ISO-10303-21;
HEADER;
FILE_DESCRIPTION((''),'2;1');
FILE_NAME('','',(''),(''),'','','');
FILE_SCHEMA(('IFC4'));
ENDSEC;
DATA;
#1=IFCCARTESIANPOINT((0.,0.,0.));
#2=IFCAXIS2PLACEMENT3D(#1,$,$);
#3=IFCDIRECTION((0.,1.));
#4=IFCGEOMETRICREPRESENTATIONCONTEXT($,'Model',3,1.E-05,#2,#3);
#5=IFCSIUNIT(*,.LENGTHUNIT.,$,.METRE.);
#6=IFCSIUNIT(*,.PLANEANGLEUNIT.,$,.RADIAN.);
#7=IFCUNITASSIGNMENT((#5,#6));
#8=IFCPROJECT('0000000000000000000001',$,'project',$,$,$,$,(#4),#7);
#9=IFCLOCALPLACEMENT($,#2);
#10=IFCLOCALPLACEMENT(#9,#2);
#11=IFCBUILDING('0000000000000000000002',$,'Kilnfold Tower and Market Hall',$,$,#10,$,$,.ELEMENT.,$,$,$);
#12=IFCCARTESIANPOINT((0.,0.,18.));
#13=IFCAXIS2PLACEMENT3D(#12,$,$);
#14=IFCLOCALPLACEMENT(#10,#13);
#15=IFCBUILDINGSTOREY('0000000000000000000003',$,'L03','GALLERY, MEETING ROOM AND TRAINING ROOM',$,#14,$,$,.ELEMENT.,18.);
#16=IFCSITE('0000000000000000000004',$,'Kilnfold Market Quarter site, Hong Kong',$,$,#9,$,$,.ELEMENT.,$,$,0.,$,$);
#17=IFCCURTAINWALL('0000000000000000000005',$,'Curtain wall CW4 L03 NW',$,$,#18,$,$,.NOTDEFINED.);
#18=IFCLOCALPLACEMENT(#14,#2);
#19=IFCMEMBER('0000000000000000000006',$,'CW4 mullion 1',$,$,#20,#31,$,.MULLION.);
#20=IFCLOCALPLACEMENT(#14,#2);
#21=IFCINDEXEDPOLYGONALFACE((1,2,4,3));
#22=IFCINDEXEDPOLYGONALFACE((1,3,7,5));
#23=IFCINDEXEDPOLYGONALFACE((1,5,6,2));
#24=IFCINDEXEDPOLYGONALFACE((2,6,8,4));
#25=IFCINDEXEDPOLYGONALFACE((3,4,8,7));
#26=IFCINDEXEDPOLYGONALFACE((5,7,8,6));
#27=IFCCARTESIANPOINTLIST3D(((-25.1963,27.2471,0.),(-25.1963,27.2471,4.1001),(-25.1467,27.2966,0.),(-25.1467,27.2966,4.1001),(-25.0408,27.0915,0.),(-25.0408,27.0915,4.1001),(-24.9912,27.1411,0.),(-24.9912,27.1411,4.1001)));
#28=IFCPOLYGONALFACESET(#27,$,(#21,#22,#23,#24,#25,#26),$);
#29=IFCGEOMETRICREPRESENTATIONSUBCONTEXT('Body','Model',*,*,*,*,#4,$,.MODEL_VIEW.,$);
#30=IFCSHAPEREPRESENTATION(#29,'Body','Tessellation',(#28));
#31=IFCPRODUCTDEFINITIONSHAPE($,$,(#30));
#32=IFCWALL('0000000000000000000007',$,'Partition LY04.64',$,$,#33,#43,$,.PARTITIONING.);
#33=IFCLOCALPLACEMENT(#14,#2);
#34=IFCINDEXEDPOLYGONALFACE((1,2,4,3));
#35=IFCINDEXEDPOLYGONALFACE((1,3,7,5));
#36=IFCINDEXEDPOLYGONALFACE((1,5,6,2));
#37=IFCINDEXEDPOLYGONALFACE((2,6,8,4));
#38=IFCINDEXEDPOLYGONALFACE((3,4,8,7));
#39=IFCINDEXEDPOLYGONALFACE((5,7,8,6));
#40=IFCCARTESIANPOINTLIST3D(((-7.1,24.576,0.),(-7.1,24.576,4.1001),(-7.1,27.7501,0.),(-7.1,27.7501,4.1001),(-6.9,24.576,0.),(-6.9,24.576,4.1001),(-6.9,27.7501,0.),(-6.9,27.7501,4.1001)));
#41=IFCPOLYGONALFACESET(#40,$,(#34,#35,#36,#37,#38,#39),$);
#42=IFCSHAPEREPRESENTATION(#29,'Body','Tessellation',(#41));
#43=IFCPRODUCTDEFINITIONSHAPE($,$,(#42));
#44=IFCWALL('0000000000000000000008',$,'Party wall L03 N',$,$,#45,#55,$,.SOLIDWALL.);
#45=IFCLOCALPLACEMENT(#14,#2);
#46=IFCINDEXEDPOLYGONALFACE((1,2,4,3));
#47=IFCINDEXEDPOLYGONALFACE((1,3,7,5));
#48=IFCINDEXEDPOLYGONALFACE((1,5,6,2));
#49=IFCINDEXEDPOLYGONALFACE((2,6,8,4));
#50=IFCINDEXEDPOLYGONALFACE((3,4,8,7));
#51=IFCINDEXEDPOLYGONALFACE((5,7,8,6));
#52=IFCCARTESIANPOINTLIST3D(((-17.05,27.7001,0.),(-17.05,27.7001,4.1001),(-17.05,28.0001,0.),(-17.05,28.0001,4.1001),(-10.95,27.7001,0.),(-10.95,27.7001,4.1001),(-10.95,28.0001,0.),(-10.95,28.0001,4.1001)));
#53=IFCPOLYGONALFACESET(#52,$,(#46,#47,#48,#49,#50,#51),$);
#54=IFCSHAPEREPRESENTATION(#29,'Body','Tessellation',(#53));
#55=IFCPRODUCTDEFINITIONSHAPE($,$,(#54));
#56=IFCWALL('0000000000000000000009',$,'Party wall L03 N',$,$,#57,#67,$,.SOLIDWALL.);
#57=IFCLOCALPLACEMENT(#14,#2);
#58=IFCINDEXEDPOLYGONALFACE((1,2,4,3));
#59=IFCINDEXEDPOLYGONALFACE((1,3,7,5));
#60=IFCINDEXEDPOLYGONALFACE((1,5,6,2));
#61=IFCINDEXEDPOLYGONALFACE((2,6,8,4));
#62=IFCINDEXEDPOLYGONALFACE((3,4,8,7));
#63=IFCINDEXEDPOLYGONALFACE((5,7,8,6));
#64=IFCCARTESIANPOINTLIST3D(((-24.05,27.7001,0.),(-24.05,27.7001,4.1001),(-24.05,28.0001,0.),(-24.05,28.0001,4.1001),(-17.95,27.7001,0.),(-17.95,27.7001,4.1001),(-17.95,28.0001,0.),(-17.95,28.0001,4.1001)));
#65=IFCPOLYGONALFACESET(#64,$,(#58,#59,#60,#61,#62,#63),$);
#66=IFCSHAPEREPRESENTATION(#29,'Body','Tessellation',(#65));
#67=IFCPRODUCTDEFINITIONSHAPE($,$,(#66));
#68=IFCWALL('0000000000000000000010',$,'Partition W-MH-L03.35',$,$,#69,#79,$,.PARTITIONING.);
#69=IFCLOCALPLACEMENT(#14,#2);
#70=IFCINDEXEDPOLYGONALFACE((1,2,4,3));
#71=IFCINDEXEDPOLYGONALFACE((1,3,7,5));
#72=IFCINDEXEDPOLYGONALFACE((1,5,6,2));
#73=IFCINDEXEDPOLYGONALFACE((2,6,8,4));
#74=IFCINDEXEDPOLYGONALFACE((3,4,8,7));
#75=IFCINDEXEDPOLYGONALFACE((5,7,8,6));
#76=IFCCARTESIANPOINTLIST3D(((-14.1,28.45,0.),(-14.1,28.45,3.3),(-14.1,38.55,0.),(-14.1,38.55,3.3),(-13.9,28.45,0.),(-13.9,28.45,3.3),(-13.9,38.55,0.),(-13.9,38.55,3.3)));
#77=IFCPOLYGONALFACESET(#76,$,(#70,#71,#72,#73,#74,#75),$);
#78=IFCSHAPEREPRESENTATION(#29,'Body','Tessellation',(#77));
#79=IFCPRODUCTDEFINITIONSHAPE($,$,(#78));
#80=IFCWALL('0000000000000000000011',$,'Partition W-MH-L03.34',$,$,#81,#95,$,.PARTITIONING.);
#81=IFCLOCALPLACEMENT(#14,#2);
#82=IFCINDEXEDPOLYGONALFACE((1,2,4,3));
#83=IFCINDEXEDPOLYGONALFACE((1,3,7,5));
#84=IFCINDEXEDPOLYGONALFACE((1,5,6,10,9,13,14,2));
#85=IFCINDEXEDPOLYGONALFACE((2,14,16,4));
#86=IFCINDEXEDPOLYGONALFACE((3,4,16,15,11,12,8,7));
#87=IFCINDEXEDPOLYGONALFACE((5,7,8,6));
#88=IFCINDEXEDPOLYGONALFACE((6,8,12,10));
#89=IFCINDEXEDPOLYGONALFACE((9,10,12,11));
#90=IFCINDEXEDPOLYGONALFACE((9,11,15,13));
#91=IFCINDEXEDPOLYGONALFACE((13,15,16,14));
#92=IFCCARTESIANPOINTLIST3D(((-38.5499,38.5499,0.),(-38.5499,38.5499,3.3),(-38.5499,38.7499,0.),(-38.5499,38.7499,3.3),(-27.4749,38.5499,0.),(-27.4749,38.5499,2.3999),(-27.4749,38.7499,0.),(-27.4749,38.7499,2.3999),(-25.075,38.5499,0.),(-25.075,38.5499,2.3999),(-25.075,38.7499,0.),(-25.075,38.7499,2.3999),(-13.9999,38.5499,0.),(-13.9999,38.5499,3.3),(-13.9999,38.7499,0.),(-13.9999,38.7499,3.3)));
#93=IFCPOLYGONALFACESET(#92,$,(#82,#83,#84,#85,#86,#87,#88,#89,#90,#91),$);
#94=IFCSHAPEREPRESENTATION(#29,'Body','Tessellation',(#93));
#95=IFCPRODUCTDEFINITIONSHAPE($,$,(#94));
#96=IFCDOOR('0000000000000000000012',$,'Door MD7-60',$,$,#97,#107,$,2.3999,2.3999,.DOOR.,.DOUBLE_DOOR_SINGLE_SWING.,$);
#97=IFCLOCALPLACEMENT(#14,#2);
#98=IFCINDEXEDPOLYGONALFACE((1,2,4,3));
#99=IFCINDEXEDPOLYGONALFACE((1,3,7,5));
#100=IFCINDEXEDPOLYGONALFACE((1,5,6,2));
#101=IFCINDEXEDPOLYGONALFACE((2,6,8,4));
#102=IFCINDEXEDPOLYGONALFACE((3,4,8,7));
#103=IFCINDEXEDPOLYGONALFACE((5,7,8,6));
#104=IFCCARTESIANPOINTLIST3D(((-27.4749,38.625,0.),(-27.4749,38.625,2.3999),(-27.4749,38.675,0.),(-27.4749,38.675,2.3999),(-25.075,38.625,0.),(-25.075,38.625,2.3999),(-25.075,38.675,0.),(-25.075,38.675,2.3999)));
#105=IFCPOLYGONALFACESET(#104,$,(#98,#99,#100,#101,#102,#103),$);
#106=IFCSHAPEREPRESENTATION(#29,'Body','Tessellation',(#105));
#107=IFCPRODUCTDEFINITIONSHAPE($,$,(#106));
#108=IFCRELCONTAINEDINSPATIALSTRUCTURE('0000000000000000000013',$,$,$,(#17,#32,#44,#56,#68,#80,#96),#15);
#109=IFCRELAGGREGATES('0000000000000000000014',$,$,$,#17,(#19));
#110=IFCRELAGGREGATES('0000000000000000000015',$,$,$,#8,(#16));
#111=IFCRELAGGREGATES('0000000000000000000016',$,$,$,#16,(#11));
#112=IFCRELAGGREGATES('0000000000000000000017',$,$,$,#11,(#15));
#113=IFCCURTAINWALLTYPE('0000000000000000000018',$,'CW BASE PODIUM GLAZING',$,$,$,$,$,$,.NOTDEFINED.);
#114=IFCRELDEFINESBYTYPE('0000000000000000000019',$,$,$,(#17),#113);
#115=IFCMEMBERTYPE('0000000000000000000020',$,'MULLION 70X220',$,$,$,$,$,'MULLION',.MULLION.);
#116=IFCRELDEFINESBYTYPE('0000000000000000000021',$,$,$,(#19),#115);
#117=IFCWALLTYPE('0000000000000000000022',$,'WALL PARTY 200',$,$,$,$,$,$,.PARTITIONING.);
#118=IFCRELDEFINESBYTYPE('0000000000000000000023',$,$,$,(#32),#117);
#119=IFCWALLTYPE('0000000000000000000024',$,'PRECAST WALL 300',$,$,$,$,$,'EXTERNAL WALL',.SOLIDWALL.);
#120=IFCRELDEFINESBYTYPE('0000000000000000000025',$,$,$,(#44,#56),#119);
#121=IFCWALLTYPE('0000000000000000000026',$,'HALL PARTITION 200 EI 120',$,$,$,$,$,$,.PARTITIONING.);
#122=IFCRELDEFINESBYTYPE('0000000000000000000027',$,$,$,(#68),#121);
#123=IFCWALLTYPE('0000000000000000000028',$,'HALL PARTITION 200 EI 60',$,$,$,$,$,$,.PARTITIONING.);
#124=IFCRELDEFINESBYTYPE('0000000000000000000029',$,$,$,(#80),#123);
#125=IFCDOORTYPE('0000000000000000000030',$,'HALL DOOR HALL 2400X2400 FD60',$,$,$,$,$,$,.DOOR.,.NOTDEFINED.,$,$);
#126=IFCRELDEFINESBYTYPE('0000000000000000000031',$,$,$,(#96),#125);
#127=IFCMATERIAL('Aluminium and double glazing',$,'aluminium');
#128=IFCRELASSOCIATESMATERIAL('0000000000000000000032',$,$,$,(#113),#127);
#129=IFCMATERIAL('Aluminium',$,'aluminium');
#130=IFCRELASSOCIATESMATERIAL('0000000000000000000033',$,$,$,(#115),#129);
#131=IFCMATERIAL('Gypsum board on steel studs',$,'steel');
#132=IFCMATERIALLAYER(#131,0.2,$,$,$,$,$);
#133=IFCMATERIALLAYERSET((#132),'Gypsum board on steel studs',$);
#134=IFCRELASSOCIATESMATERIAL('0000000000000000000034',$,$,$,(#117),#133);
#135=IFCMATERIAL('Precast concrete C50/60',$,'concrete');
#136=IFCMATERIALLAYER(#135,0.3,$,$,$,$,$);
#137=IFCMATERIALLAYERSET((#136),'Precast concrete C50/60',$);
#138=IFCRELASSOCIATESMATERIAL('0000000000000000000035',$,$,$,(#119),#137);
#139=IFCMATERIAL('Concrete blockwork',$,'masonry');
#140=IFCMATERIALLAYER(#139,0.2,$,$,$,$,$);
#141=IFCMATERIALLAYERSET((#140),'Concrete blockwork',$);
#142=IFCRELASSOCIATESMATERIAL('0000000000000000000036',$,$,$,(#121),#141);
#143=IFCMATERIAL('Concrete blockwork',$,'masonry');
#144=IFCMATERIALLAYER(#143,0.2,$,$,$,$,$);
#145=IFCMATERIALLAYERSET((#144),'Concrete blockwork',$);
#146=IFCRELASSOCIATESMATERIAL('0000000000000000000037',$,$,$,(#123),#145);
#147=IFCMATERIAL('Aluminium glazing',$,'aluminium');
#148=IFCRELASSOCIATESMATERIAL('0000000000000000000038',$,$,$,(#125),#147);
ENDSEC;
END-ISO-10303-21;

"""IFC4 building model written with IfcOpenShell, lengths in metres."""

from ifc_helpers import new_model, si_unit, direction, frame, frame_2d, origin, origin_2d, place, context, subcontext, project, spatial, rectangle, extrude, source, transform, mapped, material, layer, layer_set, material_profile, profile_set, type_object, element, fill, aggregate, save


model = new_model("IFC4")

# Units and contexts
model_context = context("Model", 3, precision=1e-05, world=origin(), true_north=direction((0.0, 1.0)))
body_context = subcontext(model_context, "Body", "Model", "MODEL_VIEW")
ifc_project = project(units=[si_unit("LENGTHUNIT", "METRE"), si_unit("PLANEANGLEUNIT", "RADIAN")], contexts=[model_context])

# Site, building, storey
site_placement = place(None, origin())
site = spatial("IfcSite", under=ifc_project, at=site_placement, Name="Kilnfold Market Quarter site, Hong Kong", CompositionType="ELEMENT", RefElevation=0.0)
building_placement = place(site_placement, origin())
building = spatial("IfcBuilding", under=site, at=building_placement, Name="Kilnfold Tower and Market Hall", CompositionType="ELEMENT")
storey_placement = place(building_placement, frame((0.0, 0.0, 18.0)))
storey = spatial("IfcBuildingStorey", under=building, at=storey_placement, Name="L03", Description="GALLERY, MEETING ROOM AND TRAINING ROOM", CompositionType="ELEMENT", Elevation=18.0)

# Curtain wall, member
ifc_material_1 = material(Name="Aluminium and double glazing", Category="aluminium")
curtain_wall_type = type_object("IfcCurtainWallType", Name="CW BASE PODIUM GLAZING", PredefinedType="NOTDEFINED", material=ifc_material_1)
curtain_wall_placement = place(storey_placement, origin())
curtain_wall = element("IfcCurtainWall", 1, at=curtain_wall_placement, inside=storey, type_object=curtain_wall_type, Name="Curtain wall CW4 L03 NW", PredefinedType="NOTDEFINED")
ifc_material_2 = material(Name="Aluminium", Category="aluminium")
ifc_material_profile_1 = material_profile(ifc_material_2, rectangle(XDim=0.0701, YDim=0.22, at=origin_2d()), Name="MULLION 70x220")
ifc_profile_set_1 = profile_set([ifc_material_profile_1], Name="Aluminium")
member_type = type_object("IfcMemberType", Name="MULLION 70X220", ElementType="MULLION", PredefinedType="MULLION", material=ifc_profile_set_1)
shared_shape_1 = source(origin(), body_context, "Body", "SweptSolid", [
    extrude(rectangle(XDim=0.0701, YDim=0.22, at=origin_2d()), origin(), (0.0, 0.0, 1.0), 4.1001),
])
member_placement = place(storey_placement, frame((-25.0938, 27.1941, 0.0), z_axis=(0.0, 0.0, 1.0), x_axis=(-0.707122, -0.707092, 0.0)))
member = element("IfcMember", 2, at=member_placement, type_object=member_type, Name="CW4 mullion 1", PredefinedType="MULLION", context=body_context, shape_type="MappedRepresentation", body=[
    mapped(shared_shape_1, transform((0.0, 0.0, 0.0))),
])
aggregate(curtain_wall, [member])

# Walls
ifc_material_3 = material(Name="Gypsum board on steel studs", Category="steel")
ifc_layer_1 = layer(ifc_material_3, 0.2)
ifc_layer_set_1 = layer_set([ifc_layer_1], Name="Gypsum board on steel studs")
wall_type_1 = type_object("IfcWallType", Name="WALL PARTY 200", PredefinedType="PARTITIONING", material=ifc_layer_set_1)
wall_1_placement = place(storey_placement, frame((-7.0, 27.75, 0.0), z_axis=(0.0, 0.0, 1.0), x_axis=(0.0, -1.0, 0.0)))
element("IfcWall", 3, at=wall_1_placement, inside=storey, type_object=wall_type_1, Name="Partition LY04.64", PredefinedType="PARTITIONING", context=body_context, shape_type="SweptSolid", body=[
    extrude(rectangle(XDim=3.1741, YDim=0.2, at=frame_2d((1.5869, 0.0))), origin(), (0.0, 0.0, 1.0), 4.1001),
])
ifc_material_4 = material(Name="Precast concrete C50/60", Category="concrete")
ifc_layer_2 = layer(ifc_material_4, 0.3)
ifc_layer_set_2 = layer_set([ifc_layer_2], Name="Precast concrete C50/60")
wall_type_2 = type_object("IfcWallType", Name="PRECAST WALL 300", ElementType="EXTERNAL WALL", PredefinedType="SOLIDWALL", material=ifc_layer_set_2)
shared_shape_2 = source(origin(), body_context, "Body", "SweptSolid", [
    extrude(rectangle(XDim=6.1001, YDim=0.3, at=frame_2d((3.05, 0.0))), origin(), (0.0, 0.0, 1.0), 4.1001),
])
for number, where, z_axis, x_axis, name in (
    (4, (-10.95, 27.8501, 0.0), (0.0, 0.0, 1.0), (-1.0, 0.0, 0.0), "Party wall L03 N"),
    (5, (-17.95, 27.8501, 0.0), (0.0, 0.0, 1.0), (-1.0, 0.0, 0.0), "Party wall L03 N"),
):
    element("IfcWall", number, at=place(storey_placement, frame(where, z_axis=z_axis, x_axis=x_axis)), inside=storey, type_object=wall_type_2, Name=name, PredefinedType="SOLIDWALL", context=body_context, shape_type="MappedRepresentation", body=[
        mapped(shared_shape_2, transform((0.0, 0.0, 0.0))),
    ])
ifc_material_5 = material(Name="Concrete blockwork", Category="masonry")
ifc_layer_3 = layer(ifc_material_5, 0.2)
ifc_layer_set_3 = layer_set([ifc_layer_3], Name="Concrete blockwork")
wall_type_3 = type_object("IfcWallType", Name="HALL PARTITION 200 EI 120", PredefinedType="PARTITIONING", material=ifc_layer_set_3)
shared_shape_3 = source(origin(), body_context, "Body", "SweptSolid", [
    extrude(rectangle(XDim=10.1001, YDim=0.2, at=frame_2d((5.05, 0.0))), origin(), (0.0, 0.0, 1.0), 3.3),
])
wall_2_placement = place(storey_placement, frame((-14.0, 38.55, 0.0), z_axis=(0.0, 0.0, 1.0), x_axis=(0.0, -1.0, 0.0)))
element("IfcWall", 6, at=wall_2_placement, inside=storey, type_object=wall_type_3, Name="Partition W-MH-L03.35", PredefinedType="PARTITIONING", context=body_context, shape_type="MappedRepresentation", body=[
    mapped(shared_shape_3, transform((0.0, 0.0, 0.0))),
])

# Wall, opening, door
ifc_material_6 = material(Name="Concrete blockwork", Category="masonry")
ifc_layer_4 = layer(ifc_material_6, 0.2)
ifc_layer_set_4 = layer_set([ifc_layer_4], Name="Concrete blockwork")
wall_type_4 = type_object("IfcWallType", Name="HALL PARTITION 200 EI 60", PredefinedType="PARTITIONING", material=ifc_layer_set_4)
shared_shape_4 = source(origin(), body_context, "Body", "SweptSolid", [
    extrude(rectangle(XDim=24.55, YDim=0.2, at=frame_2d((12.2749, 0.0))), origin(), (0.0, 0.0, 1.0), 3.3),
])
wall_3_placement = place(storey_placement, frame((-14.0, 38.6499, 0.0), z_axis=(0.0, 0.0, 1.0), x_axis=(-1.0, 0.0, 0.0)))
wall_3 = element("IfcWall", 7, at=wall_3_placement, inside=storey, type_object=wall_type_4, Name="Partition W-MH-L03.34", PredefinedType="PARTITIONING", context=body_context, shape_type="MappedRepresentation", body=[
    mapped(shared_shape_4, transform((0.0, 0.0, 0.0))),
])
opening_placement = place(wall_3_placement, frame((11.075, 0.0, 0.0)))
opening = element("IfcOpeningElement", 8, at=opening_placement, cuts=wall_3, PredefinedType="OPENING", context=body_context, shape_type="SweptSolid", body=[
    extrude(rectangle(XDim=2.3999, YDim=2.3999, at=frame_2d((1.2, 1.2))), frame((0.0, 0.1099, 0.0), z_axis=(0.0, -1.0, 0.0), x_axis=(1.0, 0.0, 0.0)), (0.0, 0.0, 1.0), 0.22),
])
ifc_material_7 = material(Name="Aluminium glazing", Category="aluminium")
door_type = type_object("IfcDoorType", Name="HALL DOOR HALL 2400X2400 FD60", OperationType="NOTDEFINED", PredefinedType="DOOR", material=ifc_material_7)
door_placement = place(opening_placement, origin())
door = element("IfcDoor", 9, at=door_placement, inside=storey, type_object=door_type, Name="Door MD7-60", OperationType="DOUBLE_DOOR_SINGLE_SWING", OverallHeight=2.3999, OverallWidth=2.3999, PredefinedType="DOOR", context=body_context, shape_type="SweptSolid", body=[
    extrude(rectangle(XDim=2.3999, YDim=2.3999, at=frame_2d((1.2, 1.2))), frame((0.0, 0.0249, 0.0), z_axis=(0.0, -1.0, 0.0), x_axis=(1.0, 0.0, 0.0)), (0.0, 0.0, 1.0), 0.05),
])
fill(opening, door)

save(model, "model.ifc")
